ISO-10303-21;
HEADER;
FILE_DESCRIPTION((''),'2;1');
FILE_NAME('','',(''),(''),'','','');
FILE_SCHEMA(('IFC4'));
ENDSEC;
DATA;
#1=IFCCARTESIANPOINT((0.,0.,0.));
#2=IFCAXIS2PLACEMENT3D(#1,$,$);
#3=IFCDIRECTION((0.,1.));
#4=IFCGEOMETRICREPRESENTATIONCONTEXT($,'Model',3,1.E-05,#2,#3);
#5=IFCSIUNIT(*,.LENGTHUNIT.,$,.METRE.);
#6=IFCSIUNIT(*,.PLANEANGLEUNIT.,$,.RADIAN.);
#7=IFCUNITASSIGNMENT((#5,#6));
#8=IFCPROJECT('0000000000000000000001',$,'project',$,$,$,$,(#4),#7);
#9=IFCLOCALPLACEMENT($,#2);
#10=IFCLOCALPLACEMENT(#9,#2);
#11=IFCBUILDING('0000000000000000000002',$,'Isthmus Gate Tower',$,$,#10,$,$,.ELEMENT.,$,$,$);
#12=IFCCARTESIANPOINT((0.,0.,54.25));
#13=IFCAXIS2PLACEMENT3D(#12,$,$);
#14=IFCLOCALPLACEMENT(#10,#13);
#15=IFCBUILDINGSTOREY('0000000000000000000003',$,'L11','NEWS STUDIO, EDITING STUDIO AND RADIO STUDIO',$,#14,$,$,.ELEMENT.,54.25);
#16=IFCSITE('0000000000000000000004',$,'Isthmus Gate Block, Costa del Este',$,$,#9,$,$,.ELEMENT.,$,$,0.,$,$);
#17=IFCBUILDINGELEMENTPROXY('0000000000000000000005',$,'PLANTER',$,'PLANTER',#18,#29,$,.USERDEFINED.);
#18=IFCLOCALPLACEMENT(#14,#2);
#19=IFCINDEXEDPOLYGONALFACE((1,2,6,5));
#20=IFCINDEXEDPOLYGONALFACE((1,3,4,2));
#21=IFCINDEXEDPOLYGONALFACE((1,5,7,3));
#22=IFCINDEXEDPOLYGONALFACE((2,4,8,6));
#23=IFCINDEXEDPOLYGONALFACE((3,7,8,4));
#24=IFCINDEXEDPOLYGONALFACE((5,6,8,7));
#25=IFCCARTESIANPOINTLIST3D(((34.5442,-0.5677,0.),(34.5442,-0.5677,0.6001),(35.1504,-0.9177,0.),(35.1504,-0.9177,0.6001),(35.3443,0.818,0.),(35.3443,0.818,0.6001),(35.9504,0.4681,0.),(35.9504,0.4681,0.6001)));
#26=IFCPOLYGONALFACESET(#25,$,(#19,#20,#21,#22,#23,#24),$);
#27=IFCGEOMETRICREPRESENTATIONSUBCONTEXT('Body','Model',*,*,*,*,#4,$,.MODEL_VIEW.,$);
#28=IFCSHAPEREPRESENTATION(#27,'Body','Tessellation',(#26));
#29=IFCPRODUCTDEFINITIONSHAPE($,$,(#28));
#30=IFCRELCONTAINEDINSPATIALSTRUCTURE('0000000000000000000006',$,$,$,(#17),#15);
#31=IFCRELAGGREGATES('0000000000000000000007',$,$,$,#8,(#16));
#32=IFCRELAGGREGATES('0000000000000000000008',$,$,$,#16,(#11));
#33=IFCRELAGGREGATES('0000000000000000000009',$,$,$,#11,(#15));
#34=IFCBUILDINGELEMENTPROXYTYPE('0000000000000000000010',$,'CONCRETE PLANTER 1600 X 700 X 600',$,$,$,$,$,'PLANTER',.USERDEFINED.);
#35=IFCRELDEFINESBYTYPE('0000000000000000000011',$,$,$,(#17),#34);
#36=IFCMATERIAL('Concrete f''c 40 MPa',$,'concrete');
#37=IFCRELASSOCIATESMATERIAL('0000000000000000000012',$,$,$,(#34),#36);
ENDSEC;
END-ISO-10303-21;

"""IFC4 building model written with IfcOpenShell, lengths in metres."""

from ifc_helpers import new_model, si_unit, direction, frame, origin, origin_2d, place, context, subcontext, project, spatial, rectangle, extrude, material, type_object, element, save


model = new_model("IFC4")

# Units and contexts
model_context = context("Model", 3, precision=1e-05, world=origin(), true_north=direction((0.0, 1.0)))
body_context = subcontext(model_context, "Body", "Model", "MODEL_VIEW")
ifc_project = project(units=[si_unit("LENGTHUNIT", "METRE"), si_unit("PLANEANGLEUNIT", "RADIAN")], contexts=[model_context])

# Site, building, storey
site_placement = place(None, origin())
site = spatial("IfcSite", under=ifc_project, at=site_placement, Name="Isthmus Gate Block, Costa del Este", CompositionType="ELEMENT", RefElevation=0.0)
building_placement = place(site_placement, origin())
building = spatial("IfcBuilding", under=site, at=building_placement, Name="Isthmus Gate Tower", CompositionType="ELEMENT")
storey_placement = place(building_placement, frame((0.0, 0.0, 54.25)))
storey = spatial("IfcBuildingStorey", under=building, at=storey_placement, Name="L11", Description="NEWS STUDIO, EDITING STUDIO AND RADIO STUDIO", CompositionType="ELEMENT", Elevation=54.25)

# Building element proxy
ifc_material_1 = material(Name="Concrete f'c 40 MPa", Category="concrete")
building_element_proxy_type = type_object("IfcBuildingElementProxyType", Name="CONCRETE PLANTER 1600 X 700 X 600", ElementType="PLANTER", PredefinedType="USERDEFINED", material=ifc_material_1)
for number, where, z_axis, x_axis, name in (
    (1, (35.2473, -0.0498, 0.0), (0.0, 0.0, 1.0), (0.5, 0.866025, 0.0), "PLANTER"),
):
    element("IfcBuildingElementProxy", number, at=place(storey_placement, frame(where, z_axis=z_axis, x_axis=x_axis)), inside=storey, type_object=building_element_proxy_type, Name=name, ObjectType="PLANTER", PredefinedType="USERDEFINED", context=body_context, shape_type="SweptSolid", body=[
        extrude(rectangle(XDim=1.6001, YDim=0.7, at=origin_2d()), origin(), (0.0, 0.0, 1.0), 0.6001),
    ])

save(model, "model.ifc")
